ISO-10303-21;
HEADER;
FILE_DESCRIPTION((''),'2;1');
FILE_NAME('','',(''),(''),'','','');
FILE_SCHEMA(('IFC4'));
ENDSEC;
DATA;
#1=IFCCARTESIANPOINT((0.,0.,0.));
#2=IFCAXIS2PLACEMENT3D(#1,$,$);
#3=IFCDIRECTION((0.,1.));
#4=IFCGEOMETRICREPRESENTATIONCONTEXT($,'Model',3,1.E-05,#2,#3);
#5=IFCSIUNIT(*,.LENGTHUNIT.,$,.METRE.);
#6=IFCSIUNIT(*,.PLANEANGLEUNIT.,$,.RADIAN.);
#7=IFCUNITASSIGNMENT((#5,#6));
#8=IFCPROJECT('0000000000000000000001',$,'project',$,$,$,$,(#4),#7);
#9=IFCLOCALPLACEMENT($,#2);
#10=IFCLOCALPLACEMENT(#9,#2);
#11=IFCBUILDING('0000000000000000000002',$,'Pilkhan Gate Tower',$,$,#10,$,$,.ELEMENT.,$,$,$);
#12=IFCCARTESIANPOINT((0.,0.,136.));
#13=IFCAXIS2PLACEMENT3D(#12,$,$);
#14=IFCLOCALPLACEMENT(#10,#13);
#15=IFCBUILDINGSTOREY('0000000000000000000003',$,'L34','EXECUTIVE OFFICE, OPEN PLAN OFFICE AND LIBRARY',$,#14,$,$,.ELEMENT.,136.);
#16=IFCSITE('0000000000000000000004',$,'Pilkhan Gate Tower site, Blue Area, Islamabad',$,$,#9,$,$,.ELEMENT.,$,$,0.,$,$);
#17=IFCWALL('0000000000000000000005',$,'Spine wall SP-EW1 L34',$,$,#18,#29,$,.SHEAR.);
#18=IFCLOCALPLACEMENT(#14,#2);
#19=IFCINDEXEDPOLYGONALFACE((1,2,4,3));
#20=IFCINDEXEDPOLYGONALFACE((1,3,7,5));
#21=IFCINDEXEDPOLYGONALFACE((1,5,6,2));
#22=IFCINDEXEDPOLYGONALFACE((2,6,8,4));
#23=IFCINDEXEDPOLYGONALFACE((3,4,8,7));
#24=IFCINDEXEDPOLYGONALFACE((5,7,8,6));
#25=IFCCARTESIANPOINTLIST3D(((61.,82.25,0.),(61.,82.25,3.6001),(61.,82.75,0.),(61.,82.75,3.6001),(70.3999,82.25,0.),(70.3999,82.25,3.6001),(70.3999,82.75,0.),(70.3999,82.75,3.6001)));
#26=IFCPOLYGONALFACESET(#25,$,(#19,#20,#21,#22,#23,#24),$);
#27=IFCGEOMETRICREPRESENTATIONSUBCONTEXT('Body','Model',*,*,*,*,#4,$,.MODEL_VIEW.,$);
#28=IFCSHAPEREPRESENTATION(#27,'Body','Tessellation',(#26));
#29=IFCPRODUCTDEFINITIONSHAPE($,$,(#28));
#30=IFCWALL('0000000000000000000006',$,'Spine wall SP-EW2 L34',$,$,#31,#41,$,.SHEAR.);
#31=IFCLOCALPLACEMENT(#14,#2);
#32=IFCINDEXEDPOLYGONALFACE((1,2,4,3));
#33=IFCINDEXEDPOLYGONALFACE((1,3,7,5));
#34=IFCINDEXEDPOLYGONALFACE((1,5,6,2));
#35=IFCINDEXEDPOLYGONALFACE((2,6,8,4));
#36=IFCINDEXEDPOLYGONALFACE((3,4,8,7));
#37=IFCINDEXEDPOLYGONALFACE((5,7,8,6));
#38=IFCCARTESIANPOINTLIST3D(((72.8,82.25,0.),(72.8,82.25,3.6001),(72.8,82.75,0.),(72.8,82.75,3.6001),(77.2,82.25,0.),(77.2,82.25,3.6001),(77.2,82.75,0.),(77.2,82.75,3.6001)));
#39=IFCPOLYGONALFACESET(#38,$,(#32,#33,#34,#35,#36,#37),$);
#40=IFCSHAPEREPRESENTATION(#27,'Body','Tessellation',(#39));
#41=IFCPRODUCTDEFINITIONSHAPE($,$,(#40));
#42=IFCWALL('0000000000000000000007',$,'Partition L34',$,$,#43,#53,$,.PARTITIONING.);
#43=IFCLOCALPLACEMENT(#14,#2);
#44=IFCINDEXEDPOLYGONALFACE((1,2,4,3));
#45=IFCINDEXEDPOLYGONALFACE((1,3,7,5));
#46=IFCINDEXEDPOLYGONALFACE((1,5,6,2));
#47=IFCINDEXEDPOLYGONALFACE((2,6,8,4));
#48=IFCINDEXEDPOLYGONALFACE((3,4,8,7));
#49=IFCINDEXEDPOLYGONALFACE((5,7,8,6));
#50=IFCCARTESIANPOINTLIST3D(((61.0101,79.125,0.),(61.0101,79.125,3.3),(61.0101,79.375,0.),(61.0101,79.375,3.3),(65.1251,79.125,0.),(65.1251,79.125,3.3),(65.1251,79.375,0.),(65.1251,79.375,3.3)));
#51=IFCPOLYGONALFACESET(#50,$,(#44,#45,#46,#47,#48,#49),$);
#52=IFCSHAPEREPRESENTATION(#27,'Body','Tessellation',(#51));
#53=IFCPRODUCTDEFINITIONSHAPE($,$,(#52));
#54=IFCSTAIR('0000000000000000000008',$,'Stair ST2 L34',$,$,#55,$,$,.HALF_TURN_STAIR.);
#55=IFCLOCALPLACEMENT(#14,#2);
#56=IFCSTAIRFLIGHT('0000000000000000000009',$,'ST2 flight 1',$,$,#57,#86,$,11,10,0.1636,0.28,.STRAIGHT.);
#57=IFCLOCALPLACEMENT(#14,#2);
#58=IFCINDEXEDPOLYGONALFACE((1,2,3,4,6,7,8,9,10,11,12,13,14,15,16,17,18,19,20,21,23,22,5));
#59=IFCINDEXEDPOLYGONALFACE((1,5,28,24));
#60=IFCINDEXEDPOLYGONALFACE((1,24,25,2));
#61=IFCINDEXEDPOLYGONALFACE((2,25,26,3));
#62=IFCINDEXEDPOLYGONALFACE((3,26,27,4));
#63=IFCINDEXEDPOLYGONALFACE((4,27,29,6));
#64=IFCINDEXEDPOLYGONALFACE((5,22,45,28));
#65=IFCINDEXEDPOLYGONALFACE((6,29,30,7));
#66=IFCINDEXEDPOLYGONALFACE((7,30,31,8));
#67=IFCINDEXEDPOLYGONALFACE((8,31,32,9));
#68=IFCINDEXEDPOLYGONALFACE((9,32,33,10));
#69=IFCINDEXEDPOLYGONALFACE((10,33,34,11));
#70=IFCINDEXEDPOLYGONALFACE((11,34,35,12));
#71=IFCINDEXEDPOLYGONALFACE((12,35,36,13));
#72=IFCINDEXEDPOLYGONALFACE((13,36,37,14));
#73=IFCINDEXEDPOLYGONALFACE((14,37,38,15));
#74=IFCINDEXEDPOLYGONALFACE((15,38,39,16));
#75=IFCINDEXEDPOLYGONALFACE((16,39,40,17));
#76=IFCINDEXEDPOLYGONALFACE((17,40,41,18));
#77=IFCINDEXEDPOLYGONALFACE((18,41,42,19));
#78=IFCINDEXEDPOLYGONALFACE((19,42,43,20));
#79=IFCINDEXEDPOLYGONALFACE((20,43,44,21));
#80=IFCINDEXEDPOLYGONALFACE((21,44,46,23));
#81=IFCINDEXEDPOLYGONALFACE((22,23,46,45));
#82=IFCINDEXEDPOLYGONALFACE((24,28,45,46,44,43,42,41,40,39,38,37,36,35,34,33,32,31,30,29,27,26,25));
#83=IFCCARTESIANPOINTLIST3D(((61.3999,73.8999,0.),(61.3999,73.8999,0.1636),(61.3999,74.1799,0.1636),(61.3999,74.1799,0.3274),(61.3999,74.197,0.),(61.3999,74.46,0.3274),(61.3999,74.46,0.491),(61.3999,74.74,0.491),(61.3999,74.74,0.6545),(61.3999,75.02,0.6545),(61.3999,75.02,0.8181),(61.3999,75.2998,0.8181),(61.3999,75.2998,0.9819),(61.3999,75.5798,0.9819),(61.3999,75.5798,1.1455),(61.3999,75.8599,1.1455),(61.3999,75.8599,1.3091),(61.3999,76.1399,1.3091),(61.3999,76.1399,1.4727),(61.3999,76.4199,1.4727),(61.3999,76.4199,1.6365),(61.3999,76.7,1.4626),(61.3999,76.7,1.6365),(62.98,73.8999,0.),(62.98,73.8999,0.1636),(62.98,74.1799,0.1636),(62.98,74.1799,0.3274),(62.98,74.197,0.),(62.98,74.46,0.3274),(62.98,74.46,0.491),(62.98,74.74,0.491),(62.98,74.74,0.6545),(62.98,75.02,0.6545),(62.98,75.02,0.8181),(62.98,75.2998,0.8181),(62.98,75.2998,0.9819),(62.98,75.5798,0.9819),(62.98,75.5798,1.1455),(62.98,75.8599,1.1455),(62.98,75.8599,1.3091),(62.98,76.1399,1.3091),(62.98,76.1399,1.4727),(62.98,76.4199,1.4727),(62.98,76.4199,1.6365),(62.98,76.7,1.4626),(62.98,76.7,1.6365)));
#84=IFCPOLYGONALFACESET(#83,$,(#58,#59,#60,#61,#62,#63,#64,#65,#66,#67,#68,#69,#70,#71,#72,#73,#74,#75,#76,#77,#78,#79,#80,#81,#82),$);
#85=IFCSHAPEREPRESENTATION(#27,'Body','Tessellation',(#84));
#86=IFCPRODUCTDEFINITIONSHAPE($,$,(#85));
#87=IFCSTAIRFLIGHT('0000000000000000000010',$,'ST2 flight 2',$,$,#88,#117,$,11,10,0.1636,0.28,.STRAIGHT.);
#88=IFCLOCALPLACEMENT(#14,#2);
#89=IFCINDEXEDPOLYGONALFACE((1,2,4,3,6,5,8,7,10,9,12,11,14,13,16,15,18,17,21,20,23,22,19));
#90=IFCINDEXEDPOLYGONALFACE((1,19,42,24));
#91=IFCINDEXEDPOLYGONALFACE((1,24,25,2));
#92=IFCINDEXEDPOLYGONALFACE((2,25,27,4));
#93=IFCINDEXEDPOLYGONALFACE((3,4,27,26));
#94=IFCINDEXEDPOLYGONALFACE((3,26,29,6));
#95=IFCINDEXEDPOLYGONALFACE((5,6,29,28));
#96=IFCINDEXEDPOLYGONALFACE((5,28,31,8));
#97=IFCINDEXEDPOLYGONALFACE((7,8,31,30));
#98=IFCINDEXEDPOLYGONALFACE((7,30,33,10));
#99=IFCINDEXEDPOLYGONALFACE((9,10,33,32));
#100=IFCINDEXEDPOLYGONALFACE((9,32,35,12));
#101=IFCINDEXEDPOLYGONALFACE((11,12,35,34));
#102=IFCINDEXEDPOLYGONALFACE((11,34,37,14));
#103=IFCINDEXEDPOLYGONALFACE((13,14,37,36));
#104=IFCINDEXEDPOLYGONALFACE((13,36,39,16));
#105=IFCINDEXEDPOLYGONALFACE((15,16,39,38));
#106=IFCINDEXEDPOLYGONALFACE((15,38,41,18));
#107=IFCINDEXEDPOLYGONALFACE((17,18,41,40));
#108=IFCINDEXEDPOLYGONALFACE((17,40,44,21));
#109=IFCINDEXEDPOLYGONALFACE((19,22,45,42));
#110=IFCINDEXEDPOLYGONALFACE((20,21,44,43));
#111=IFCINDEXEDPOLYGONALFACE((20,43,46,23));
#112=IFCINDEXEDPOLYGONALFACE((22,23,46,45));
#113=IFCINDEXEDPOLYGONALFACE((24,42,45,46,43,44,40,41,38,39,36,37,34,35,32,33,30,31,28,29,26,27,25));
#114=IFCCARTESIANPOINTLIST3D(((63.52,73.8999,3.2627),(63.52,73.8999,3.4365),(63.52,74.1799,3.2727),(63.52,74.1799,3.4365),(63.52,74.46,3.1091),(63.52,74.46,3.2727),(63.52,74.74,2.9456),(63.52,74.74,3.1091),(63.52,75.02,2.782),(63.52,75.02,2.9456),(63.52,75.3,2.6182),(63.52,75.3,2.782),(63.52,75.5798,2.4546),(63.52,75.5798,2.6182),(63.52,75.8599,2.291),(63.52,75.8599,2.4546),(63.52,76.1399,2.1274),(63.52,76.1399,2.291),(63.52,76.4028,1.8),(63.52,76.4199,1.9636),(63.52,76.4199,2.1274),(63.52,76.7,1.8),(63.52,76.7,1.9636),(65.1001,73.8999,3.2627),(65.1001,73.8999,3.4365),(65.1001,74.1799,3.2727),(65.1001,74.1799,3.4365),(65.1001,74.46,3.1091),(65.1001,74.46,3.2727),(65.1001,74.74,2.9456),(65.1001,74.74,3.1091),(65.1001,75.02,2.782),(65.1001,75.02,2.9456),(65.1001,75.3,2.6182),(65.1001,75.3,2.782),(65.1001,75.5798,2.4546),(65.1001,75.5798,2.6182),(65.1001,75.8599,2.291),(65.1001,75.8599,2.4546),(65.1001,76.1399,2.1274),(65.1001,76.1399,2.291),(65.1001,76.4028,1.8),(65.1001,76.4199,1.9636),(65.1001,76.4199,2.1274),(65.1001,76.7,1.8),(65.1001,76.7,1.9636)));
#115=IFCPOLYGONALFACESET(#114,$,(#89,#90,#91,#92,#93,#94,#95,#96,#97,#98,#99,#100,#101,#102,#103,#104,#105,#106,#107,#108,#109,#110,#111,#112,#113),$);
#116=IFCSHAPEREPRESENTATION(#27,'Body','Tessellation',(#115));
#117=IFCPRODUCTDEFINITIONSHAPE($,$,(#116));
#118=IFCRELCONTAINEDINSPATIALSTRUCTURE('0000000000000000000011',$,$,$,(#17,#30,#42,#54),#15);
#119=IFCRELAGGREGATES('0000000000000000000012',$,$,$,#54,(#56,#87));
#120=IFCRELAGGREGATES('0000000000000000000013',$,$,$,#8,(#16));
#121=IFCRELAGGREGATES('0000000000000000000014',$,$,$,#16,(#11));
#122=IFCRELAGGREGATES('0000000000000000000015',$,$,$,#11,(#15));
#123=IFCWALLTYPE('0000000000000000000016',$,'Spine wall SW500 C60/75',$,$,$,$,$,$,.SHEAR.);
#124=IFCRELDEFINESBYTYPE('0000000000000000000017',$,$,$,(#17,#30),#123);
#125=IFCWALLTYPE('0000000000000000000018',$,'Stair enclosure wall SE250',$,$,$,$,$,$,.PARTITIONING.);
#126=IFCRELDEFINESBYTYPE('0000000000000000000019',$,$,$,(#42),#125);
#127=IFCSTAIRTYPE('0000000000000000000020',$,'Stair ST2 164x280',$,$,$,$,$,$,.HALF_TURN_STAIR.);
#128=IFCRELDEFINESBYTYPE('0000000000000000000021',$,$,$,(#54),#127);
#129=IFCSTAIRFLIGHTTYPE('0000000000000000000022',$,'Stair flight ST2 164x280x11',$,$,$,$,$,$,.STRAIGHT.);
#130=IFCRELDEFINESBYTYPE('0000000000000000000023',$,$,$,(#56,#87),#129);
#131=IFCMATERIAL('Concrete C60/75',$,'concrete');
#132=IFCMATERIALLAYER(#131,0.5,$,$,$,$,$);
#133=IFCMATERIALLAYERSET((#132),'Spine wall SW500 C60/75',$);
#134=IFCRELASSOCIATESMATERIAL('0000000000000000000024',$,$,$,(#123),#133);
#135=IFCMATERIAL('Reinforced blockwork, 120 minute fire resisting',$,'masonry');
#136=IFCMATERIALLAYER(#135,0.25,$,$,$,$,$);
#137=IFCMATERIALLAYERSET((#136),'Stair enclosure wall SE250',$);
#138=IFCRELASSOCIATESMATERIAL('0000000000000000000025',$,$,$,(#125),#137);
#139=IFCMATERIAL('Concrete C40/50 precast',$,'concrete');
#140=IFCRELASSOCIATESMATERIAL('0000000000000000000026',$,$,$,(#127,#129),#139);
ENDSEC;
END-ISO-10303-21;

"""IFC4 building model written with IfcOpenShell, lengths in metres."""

from ifc_helpers import new_model, si_unit, direction, frame, frame_2d, origin, place, context, subcontext, project, spatial, polyline, rectangle, outline, extrude, material, layer, layer_set, type_object, element, aggregate, save


model = new_model("IFC4")

# Units and contexts
model_context = context("Model", 3, precision=1e-05, world=origin(), true_north=direction((0.0, 1.0)))
body_context = subcontext(model_context, "Body", "Model", "MODEL_VIEW")
ifc_project = project(units=[si_unit("LENGTHUNIT", "METRE"), si_unit("PLANEANGLEUNIT", "RADIAN")], contexts=[model_context])

# Site, building, storey
site_placement = place(None, origin())
site = spatial("IfcSite", under=ifc_project, at=site_placement, Name="Pilkhan Gate Tower site, Blue Area, Islamabad", CompositionType="ELEMENT", RefElevation=0.0)
building_placement = place(site_placement, origin())
building = spatial("IfcBuilding", under=site, at=building_placement, Name="Pilkhan Gate Tower", CompositionType="ELEMENT")
storey_placement = place(building_placement, frame((0.0, 0.0, 136.0)))
storey = spatial("IfcBuildingStorey", under=building, at=storey_placement, Name="L34", Description="EXECUTIVE OFFICE, OPEN PLAN OFFICE AND LIBRARY", CompositionType="ELEMENT", Elevation=136.0)

# Shared definitions
ifc_material_1 = material(Name="Concrete C60/75", Category="concrete")

# Walls
ifc_layer_1 = layer(ifc_material_1, 0.5)
ifc_layer_set_1 = layer_set([ifc_layer_1], Name="Spine wall SW500 C60/75")
wall_type_1 = type_object("IfcWallType", Name="Spine wall SW500 C60/75", PredefinedType="SHEAR", material=ifc_layer_set_1)
wall_1_placement = place(storey_placement, frame((61.0, 82.5, 0.0), z_axis=(0.0, 0.0, 1.0), x_axis=(1.0, 0.0, 0.0)))
element("IfcWall", 1, at=wall_1_placement, inside=storey, type_object=wall_type_1, Name="Spine wall SP-EW1 L34", PredefinedType="SHEAR", context=body_context, shape_type="SweptSolid", body=[
    extrude(rectangle(XDim=9.3999, YDim=0.5, at=frame_2d((4.7, 0.0))), origin(), (0.0, 0.0, 1.0), 3.6001),
])
wall_2_placement = place(storey_placement, frame((72.8, 82.5, 0.0), z_axis=(0.0, 0.0, 1.0), x_axis=(1.0, 0.0, 0.0)))
element("IfcWall", 2, at=wall_2_placement, inside=storey, type_object=wall_type_1, Name="Spine wall SP-EW2 L34", PredefinedType="SHEAR", context=body_context, shape_type="SweptSolid", body=[
    extrude(rectangle(XDim=4.3999, YDim=0.5, at=frame_2d((2.2, 0.0))), origin(), (0.0, 0.0, 1.0), 3.6001),
])
ifc_material_2 = material(Name="Reinforced blockwork, 120 minute fire resisting", Category="masonry")
ifc_layer_2 = layer(ifc_material_2, 0.25)
ifc_layer_set_2 = layer_set([ifc_layer_2], Name="Stair enclosure wall SE250")
wall_type_2 = type_object("IfcWallType", Name="Stair enclosure wall SE250", PredefinedType="PARTITIONING", material=ifc_layer_set_2)
wall_3_placement = place(storey_placement, frame((61.01, 79.25, 0.0), z_axis=(0.0, 0.0, 1.0), x_axis=(1.0, 0.0, 0.0)))
element("IfcWall", 3, at=wall_3_placement, inside=storey, type_object=wall_type_2, Name="Partition L34", PredefinedType="PARTITIONING", context=body_context, shape_type="SweptSolid", body=[
    extrude(rectangle(XDim=4.115, YDim=0.25, at=frame_2d((2.0576, 0.0))), origin(), (0.0, 0.0, 1.0), 3.3),
])

# Stair, stair flights
ifc_material_3 = material(Name="Concrete C40/50 precast", Category="concrete")
stair_type = type_object("IfcStairType", Name="Stair ST2 164x280", PredefinedType="HALF_TURN_STAIR", material=ifc_material_3)
stair_placement = place(storey_placement, origin())
stair = element("IfcStair", 4, at=stair_placement, inside=storey, type_object=stair_type, Name="Stair ST2 L34", PredefinedType="HALF_TURN_STAIR")
stair_flight_type = type_object("IfcStairFlightType", Name="Stair flight ST2 164x280x11", PredefinedType="STRAIGHT", material=ifc_material_3)
stair_flight_1_placement = place(storey_placement, frame((62.1899, 73.8999, 0.0), z_axis=(0.0, 0.0, 1.0), x_axis=(0.0, 1.0, 0.0)))
stair_flight_1 = element("IfcStairFlight", 5, at=stair_flight_1_placement, type_object=stair_flight_type, Name="ST2 flight 1", NumberOfRisers=11, NumberOfTreads=10, PredefinedType="STRAIGHT", RiserHeight=0.1636, TreadLength=0.28, context=body_context, shape_type="SweptSolid", body=[
    extrude(outline(polyline([(0.0, 0.0), (0.0, 0.1636), (0.28, 0.1636), (0.28, 0.3274), (0.5601, 0.3274), (0.5601, 0.491), (0.8401, 0.491), (0.8401, 0.6545), (1.1201, 0.6545), (1.1201, 0.8181), (1.3999, 0.8181), (1.3999, 0.9819), (1.6799, 0.9819), (1.6799, 1.1455), (1.96, 1.1455), (1.96, 1.3091), (2.24, 1.3091), (2.24, 1.4727), (2.52, 1.4727), (2.52, 1.6365), (2.8, 1.6365), (2.8, 1.8), (2.8, 1.4626), (0.2971, 0.0), (0.0, 0.0)])), frame((0.0, 0.79, 0.0), z_axis=(0.0, -1.0, 0.0), x_axis=(1.0, 0.0, 0.0)), (0.0, 0.0, 1.0), 1.5801),
])
stair_flight_2_placement = place(storey_placement, frame((64.3101, 76.7, 1.8), z_axis=(0.0, 0.0, 1.0), x_axis=(0.0, -1.0, 0.0)))
stair_flight_2 = element("IfcStairFlight", 6, at=stair_flight_2_placement, type_object=stair_flight_type, Name="ST2 flight 2", NumberOfRisers=11, NumberOfTreads=10, PredefinedType="STRAIGHT", RiserHeight=0.1636, TreadLength=0.28, context=body_context, shape_type="SweptSolid", body=[
    extrude(outline(polyline([(0.0, 0.0), (0.0, 0.1636), (0.28, 0.1636), (0.28, 0.3274), (0.5601, 0.3274), (0.5601, 0.491), (0.8401, 0.491), (0.8401, 0.6545), (1.1201, 0.6545), (1.1201, 0.8181), (1.3999, 0.8181), (1.3999, 0.9819), (1.6799, 0.9819), (1.6799, 1.1455), (1.96, 1.1455), (1.96, 1.3091), (2.24, 1.3091), (2.24, 1.4727), (2.52, 1.4727), (2.52, 1.6365), (2.8, 1.6365), (2.8, 1.8), (2.8, 1.4626), (0.2971, 0.0), (0.0, 0.0)])), frame((0.0, 0.79, 0.0), z_axis=(0.0, -1.0, 0.0), x_axis=(1.0, 0.0, 0.0)), (0.0, 0.0, 1.0), 1.5801),
])
aggregate(stair, [stair_flight_1, stair_flight_2])

save(model, "model.ifc")
